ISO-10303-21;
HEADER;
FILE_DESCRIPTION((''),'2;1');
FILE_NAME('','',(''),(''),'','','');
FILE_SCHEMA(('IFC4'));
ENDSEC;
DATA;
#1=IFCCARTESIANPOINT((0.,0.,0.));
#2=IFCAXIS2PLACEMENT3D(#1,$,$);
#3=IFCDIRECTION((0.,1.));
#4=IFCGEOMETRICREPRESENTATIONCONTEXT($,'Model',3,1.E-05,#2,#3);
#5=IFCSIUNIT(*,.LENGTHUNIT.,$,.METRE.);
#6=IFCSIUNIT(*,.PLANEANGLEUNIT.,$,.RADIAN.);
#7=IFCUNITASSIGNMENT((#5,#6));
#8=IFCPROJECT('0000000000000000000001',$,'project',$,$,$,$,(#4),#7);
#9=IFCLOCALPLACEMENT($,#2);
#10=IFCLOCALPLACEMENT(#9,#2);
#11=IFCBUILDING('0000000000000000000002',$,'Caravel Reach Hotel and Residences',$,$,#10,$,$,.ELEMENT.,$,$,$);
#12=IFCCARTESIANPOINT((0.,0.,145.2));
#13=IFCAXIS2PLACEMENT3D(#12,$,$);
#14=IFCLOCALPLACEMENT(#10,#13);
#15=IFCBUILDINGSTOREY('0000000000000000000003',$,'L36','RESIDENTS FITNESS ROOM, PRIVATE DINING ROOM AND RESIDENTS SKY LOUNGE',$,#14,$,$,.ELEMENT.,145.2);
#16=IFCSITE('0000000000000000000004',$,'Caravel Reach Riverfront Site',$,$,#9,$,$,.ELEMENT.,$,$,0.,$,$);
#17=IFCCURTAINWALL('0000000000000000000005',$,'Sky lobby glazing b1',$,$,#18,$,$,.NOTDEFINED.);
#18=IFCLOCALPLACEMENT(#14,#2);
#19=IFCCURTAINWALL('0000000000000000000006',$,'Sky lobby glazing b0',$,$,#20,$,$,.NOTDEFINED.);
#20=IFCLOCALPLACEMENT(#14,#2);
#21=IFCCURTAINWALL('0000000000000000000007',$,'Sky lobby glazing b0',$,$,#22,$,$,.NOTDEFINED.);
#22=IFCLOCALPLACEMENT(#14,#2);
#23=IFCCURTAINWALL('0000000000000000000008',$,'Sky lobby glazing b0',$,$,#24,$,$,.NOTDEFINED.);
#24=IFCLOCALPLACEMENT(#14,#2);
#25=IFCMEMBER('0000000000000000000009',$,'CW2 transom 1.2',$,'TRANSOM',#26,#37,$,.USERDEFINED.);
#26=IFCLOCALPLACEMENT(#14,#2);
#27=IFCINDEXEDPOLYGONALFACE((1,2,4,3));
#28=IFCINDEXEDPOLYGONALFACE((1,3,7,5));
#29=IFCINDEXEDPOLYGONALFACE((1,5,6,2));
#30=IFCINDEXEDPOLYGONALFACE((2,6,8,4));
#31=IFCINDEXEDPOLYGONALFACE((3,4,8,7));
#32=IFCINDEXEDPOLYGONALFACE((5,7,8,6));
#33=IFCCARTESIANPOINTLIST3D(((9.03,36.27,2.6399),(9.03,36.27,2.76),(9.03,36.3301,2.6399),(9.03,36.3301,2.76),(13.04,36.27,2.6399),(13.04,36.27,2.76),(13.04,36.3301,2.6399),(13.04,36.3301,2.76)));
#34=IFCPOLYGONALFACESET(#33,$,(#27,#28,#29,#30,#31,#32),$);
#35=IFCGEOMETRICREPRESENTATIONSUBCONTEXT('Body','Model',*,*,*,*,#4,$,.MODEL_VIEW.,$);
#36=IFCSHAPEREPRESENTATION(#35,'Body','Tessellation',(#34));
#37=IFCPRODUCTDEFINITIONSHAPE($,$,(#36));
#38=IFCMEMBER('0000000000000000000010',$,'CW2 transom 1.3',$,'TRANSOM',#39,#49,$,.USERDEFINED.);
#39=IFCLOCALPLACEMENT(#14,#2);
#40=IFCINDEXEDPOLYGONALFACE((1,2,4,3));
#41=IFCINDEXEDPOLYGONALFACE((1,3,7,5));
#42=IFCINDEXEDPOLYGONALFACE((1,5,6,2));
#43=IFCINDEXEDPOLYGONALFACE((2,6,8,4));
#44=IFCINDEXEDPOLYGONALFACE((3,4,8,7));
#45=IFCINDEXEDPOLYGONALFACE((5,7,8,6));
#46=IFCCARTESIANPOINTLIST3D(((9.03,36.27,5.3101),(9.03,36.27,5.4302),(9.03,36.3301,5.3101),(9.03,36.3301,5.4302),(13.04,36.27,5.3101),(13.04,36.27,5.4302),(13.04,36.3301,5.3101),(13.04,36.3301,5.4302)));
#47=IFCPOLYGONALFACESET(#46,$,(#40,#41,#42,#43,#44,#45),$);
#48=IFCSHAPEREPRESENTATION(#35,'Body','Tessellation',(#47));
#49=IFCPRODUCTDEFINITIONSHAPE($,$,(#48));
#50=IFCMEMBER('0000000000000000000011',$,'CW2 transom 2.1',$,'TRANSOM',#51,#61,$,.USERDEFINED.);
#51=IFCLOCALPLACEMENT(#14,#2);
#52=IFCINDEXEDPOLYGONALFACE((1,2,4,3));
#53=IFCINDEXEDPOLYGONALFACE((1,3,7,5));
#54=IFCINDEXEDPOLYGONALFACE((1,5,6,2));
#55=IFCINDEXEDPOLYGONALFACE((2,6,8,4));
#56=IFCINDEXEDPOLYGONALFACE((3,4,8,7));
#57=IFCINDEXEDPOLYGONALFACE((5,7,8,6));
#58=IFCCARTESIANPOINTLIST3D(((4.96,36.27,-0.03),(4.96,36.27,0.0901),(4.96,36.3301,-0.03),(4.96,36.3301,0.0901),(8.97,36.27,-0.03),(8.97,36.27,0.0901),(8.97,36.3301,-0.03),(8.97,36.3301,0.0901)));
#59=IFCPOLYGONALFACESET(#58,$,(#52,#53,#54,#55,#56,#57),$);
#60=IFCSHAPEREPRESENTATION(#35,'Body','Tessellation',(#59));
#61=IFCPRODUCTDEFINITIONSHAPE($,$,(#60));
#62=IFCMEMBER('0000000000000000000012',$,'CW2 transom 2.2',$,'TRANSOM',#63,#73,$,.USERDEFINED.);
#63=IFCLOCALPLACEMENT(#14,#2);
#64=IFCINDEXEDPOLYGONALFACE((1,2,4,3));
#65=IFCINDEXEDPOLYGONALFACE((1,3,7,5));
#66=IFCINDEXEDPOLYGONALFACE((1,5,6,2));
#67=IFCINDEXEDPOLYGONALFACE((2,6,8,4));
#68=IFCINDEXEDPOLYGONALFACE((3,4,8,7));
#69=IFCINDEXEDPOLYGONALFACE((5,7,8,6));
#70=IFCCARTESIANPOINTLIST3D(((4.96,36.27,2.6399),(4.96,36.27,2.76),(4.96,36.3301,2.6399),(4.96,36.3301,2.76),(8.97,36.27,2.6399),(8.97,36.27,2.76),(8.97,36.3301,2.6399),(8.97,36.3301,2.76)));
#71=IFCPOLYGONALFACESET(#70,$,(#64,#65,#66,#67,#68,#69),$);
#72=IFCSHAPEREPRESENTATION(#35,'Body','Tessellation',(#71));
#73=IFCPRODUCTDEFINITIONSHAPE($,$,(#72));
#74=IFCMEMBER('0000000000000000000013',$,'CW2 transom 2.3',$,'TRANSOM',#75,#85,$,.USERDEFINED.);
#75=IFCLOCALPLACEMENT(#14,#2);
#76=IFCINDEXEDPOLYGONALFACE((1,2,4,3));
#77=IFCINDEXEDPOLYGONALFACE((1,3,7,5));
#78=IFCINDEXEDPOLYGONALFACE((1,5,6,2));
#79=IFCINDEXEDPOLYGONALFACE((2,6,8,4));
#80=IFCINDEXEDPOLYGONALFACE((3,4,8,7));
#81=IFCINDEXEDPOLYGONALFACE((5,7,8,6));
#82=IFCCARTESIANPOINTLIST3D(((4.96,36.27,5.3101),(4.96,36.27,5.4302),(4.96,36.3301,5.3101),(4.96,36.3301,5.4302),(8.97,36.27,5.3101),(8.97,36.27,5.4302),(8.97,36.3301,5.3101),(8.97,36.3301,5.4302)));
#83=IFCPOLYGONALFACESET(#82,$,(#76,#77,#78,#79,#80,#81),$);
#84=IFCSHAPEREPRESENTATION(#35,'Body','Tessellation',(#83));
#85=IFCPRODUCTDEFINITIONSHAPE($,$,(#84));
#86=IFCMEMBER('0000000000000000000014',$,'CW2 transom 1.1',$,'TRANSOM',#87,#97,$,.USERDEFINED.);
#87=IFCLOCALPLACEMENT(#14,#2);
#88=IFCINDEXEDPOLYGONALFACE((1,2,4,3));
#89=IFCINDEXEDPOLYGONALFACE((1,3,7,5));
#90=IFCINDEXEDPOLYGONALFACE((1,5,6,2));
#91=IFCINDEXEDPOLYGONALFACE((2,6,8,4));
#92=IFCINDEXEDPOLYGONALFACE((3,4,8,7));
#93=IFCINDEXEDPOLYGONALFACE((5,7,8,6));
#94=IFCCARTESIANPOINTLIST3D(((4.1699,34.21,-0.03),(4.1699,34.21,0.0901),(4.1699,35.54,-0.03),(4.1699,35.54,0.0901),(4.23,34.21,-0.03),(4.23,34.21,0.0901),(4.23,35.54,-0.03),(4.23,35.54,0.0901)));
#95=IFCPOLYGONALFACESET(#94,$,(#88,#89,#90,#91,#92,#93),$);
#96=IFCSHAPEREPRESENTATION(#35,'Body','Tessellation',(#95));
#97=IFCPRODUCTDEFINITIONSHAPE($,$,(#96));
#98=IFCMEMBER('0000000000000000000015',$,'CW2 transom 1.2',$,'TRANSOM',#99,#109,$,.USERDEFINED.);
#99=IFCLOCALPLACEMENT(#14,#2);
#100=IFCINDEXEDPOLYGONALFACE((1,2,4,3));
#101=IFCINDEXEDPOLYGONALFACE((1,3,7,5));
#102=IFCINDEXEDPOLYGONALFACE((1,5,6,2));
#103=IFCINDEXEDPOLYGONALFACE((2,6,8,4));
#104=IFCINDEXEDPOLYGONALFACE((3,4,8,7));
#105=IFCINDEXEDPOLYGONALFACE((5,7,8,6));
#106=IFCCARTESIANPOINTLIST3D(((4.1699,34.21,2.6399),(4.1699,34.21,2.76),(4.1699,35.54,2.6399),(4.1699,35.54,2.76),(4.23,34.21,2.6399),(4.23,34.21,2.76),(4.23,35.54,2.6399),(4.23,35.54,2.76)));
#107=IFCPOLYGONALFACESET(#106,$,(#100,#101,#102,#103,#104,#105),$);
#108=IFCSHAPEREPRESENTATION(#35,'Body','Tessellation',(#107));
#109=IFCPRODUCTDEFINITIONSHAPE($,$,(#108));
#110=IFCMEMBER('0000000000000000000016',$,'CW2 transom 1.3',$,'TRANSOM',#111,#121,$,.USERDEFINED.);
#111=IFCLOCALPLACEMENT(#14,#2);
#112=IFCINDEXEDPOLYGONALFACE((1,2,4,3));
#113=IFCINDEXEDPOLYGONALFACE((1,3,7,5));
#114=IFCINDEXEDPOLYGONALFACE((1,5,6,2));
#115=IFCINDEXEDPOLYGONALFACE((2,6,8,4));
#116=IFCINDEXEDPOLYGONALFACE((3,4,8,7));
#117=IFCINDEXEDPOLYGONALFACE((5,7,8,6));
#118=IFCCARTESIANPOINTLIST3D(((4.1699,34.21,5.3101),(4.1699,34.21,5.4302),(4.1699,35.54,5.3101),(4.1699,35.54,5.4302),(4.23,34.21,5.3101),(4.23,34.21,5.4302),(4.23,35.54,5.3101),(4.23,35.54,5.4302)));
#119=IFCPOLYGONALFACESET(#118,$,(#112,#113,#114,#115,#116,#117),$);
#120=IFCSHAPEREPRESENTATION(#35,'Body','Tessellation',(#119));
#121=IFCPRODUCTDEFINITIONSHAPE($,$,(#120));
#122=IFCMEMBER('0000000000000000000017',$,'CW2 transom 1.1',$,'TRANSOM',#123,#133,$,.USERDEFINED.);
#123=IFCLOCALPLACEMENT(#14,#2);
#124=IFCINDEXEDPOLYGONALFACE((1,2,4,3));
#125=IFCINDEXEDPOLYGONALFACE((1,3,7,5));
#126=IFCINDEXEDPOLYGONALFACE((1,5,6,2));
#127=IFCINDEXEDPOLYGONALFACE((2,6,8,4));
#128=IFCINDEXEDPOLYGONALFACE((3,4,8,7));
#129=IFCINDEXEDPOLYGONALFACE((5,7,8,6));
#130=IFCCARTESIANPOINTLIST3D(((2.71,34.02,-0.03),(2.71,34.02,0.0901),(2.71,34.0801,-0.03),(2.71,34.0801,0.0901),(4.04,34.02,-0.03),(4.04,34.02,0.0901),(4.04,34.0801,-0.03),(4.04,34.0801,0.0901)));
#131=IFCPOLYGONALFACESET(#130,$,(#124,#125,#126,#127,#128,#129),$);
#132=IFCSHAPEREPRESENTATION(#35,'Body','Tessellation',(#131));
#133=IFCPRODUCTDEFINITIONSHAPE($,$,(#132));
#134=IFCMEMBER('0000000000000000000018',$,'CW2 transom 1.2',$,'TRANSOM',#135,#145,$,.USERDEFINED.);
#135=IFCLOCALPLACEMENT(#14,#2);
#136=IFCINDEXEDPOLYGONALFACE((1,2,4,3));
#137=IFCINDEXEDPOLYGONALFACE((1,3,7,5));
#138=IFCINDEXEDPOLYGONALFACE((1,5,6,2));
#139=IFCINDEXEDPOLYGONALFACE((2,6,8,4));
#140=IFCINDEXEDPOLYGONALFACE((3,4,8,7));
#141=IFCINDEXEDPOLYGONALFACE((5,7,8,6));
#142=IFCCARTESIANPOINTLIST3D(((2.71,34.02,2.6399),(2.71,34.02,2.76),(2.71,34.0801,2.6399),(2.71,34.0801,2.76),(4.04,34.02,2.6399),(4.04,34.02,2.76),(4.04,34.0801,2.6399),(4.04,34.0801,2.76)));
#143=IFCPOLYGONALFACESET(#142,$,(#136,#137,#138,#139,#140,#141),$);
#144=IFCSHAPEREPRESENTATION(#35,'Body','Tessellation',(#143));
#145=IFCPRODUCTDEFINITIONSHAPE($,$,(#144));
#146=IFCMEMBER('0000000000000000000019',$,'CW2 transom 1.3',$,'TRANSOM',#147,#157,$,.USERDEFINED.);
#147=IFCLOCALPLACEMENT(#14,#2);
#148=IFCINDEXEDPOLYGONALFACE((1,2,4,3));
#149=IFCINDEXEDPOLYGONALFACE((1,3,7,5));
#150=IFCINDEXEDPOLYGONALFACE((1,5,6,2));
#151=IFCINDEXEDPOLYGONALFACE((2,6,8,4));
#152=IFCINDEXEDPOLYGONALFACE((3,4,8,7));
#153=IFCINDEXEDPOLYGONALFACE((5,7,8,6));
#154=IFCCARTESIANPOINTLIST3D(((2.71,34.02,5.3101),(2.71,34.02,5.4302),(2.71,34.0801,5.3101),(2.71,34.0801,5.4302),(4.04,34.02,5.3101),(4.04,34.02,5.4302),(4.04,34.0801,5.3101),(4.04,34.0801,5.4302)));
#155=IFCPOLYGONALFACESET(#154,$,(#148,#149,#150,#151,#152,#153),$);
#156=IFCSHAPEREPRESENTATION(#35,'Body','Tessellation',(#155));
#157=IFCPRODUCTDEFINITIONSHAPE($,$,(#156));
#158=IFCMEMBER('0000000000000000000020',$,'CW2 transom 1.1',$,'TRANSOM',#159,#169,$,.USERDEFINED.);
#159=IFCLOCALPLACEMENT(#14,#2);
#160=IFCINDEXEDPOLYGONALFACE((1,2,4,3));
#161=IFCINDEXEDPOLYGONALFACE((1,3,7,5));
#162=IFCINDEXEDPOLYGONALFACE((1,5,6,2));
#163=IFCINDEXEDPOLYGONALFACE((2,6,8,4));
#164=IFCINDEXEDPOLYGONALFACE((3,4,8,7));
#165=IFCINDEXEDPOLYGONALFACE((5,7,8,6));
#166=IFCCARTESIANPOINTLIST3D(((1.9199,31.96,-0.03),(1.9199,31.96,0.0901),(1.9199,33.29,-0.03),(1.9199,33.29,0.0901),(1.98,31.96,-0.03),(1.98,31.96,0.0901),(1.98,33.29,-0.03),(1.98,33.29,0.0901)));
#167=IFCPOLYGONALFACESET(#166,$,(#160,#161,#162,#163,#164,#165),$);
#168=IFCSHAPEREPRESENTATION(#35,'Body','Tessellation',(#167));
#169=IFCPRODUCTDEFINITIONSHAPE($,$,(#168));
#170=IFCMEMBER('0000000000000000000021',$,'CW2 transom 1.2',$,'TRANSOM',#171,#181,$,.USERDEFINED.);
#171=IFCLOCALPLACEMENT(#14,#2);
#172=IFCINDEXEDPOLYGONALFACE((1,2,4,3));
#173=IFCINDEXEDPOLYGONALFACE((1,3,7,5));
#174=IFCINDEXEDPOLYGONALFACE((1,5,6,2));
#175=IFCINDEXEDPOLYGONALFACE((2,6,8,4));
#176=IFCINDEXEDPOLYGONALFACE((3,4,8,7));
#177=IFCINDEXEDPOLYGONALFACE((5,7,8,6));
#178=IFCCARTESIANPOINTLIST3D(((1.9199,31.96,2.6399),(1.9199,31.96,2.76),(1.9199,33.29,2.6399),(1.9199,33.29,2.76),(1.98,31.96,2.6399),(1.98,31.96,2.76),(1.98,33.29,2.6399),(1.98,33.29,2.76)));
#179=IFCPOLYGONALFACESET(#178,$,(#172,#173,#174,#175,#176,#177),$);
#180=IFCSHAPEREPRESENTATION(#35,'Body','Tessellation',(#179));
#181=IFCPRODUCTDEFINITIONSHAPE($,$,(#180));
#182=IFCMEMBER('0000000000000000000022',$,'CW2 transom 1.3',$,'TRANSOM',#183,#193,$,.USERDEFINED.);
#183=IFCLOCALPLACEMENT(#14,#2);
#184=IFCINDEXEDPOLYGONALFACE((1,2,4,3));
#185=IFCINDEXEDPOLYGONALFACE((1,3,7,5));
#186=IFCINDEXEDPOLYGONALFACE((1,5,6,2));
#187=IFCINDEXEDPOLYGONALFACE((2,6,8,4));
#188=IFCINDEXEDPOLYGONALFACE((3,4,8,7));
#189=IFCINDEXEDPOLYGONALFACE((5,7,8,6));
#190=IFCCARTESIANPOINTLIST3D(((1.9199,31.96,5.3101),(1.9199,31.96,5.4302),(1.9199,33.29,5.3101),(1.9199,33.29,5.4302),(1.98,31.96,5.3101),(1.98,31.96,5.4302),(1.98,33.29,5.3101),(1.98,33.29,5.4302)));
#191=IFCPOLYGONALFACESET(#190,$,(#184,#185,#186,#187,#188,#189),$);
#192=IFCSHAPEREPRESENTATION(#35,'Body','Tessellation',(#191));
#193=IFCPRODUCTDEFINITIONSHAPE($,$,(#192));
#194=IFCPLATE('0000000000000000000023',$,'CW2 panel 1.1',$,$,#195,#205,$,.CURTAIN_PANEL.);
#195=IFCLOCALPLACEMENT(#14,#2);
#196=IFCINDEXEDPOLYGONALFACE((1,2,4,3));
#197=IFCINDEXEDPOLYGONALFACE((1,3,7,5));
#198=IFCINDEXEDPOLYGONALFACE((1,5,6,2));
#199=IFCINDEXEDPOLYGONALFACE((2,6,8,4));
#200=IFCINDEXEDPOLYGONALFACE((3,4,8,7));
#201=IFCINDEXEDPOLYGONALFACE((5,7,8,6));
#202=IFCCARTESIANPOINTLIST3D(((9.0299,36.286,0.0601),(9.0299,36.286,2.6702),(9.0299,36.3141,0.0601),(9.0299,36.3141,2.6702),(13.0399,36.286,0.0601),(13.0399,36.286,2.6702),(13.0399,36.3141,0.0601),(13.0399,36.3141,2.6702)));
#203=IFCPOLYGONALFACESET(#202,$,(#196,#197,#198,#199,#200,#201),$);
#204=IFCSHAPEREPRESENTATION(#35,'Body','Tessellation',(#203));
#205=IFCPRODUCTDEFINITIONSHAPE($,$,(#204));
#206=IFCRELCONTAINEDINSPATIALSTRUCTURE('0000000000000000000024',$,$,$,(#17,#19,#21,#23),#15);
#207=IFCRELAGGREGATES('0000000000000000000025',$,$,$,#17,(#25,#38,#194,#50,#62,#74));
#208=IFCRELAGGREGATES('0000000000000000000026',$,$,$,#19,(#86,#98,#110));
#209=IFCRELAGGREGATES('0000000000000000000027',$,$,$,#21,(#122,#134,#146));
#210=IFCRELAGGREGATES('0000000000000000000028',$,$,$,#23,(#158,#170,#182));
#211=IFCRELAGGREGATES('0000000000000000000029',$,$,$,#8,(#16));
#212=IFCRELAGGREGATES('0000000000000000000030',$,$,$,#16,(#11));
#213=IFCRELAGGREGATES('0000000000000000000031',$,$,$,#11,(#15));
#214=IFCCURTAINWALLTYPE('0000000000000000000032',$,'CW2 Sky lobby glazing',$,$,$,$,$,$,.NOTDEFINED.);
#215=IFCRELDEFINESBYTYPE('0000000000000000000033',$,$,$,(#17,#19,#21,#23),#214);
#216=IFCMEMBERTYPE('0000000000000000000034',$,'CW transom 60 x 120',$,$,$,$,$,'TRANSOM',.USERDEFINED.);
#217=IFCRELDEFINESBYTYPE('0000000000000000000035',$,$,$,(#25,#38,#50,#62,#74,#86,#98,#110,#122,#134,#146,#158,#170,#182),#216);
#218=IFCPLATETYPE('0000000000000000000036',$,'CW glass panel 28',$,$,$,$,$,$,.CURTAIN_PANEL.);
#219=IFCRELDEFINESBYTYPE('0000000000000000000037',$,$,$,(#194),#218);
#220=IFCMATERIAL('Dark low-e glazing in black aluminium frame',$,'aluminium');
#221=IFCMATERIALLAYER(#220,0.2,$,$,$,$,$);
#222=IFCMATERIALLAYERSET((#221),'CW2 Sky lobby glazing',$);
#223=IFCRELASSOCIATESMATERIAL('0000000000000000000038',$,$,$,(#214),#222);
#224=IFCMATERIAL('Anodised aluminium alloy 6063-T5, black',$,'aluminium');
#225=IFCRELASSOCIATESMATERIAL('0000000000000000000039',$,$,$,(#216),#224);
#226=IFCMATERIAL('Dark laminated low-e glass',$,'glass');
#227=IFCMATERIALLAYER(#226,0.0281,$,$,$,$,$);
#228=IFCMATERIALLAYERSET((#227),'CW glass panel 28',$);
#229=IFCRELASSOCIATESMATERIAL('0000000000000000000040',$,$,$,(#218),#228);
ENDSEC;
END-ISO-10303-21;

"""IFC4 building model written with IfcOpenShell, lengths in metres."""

from ifc_helpers import new_model, si_unit, direction, frame, origin, origin_2d, place, context, subcontext, project, spatial, rectangle, extrude, material, layer, layer_set, material_profile, profile_set, type_object, element, aggregate, save


model = new_model("IFC4")

# Units and contexts
model_context = context("Model", 3, precision=1e-05, world=origin(), true_north=direction((0.0, 1.0)))
body_context = subcontext(model_context, "Body", "Model", "MODEL_VIEW")
ifc_project = project(units=[si_unit("LENGTHUNIT", "METRE"), si_unit("PLANEANGLEUNIT", "RADIAN")], contexts=[model_context])

# Site, building, storey
site_placement = place(None, origin())
site = spatial("IfcSite", under=ifc_project, at=site_placement, Name="Caravel Reach Riverfront Site", CompositionType="ELEMENT", RefElevation=0.0)
building_placement = place(site_placement, origin())
building = spatial("IfcBuilding", under=site, at=building_placement, Name="Caravel Reach Hotel and Residences", CompositionType="ELEMENT")
storey_placement = place(building_placement, frame((0.0, 0.0, 145.2)))
storey = spatial("IfcBuildingStorey", under=building, at=storey_placement, Name="L36", Description="RESIDENTS FITNESS ROOM, PRIVATE DINING ROOM AND RESIDENTS SKY LOUNGE", CompositionType="ELEMENT", Elevation=145.2)

# Curtain walls
ifc_material_1 = material(Name="Dark low-e glazing in black aluminium frame", Category="aluminium")
ifc_layer_1 = layer(ifc_material_1, 0.2)
ifc_layer_set_1 = layer_set([ifc_layer_1], Name="CW2 Sky lobby glazing")
curtain_wall_type = type_object("IfcCurtainWallType", Name="CW2 Sky lobby glazing", PredefinedType="NOTDEFINED", material=ifc_layer_set_1)
curtain_wall_1_placement = place(storey_placement, origin())
curtain_wall_1 = element("IfcCurtainWall", 1, at=curtain_wall_1_placement, inside=storey, type_object=curtain_wall_type, Name="Sky lobby glazing b1", PredefinedType="NOTDEFINED")
curtain_wall_2_placement = place(storey_placement, origin())
curtain_wall_2 = element("IfcCurtainWall", 2, at=curtain_wall_2_placement, inside=storey, type_object=curtain_wall_type, Name="Sky lobby glazing b0", PredefinedType="NOTDEFINED")
curtain_wall_3_placement = place(storey_placement, origin())
curtain_wall_3 = element("IfcCurtainWall", 3, at=curtain_wall_3_placement, inside=storey, type_object=curtain_wall_type, Name="Sky lobby glazing b0", PredefinedType="NOTDEFINED")
curtain_wall_4_placement = place(storey_placement, origin())
curtain_wall_4 = element("IfcCurtainWall", 4, at=curtain_wall_4_placement, inside=storey, type_object=curtain_wall_type, Name="Sky lobby glazing b0", PredefinedType="NOTDEFINED")

# Members
ifc_material_2 = material(Name="Anodised aluminium alloy 6063-T5, black", Category="aluminium")
ifc_material_profile_1 = material_profile(ifc_material_2, rectangle(XDim=0.0601, YDim=0.1201, at=origin_2d()), Name="CW transom 60 x 120")
ifc_profile_set_1 = profile_set([ifc_material_profile_1], Name="Anodised aluminium alloy 6063-T5, black")
member_type_1 = type_object("IfcMemberType", Name="CW transom 60 x 120", ElementType="TRANSOM", PredefinedType="USERDEFINED", material=ifc_profile_set_1)
member_1_placement = place(storey_placement, frame((13.04, 36.3, 2.7), z_axis=(-1.0, 0.0, 0.0), x_axis=(0.0, -1.0, 0.0)))
member_1 = element("IfcMember", 5, at=member_1_placement, type_object=member_type_1, Name="CW2 transom 1.2", ObjectType="TRANSOM", PredefinedType="USERDEFINED", context=body_context, shape_type="SweptSolid", body=[
    extrude(rectangle(XDim=0.0601, YDim=0.1201, at=origin_2d()), origin(), (0.0, 0.0, 1.0), 4.01),
])
member_2_placement = place(storey_placement, frame((13.04, 36.3, 5.3701), z_axis=(-1.0, 0.0, 0.0), x_axis=(0.0, -1.0, 0.0)))
member_2 = element("IfcMember", 6, at=member_2_placement, type_object=member_type_1, Name="CW2 transom 1.3", ObjectType="TRANSOM", PredefinedType="USERDEFINED", context=body_context, shape_type="SweptSolid", body=[
    extrude(rectangle(XDim=0.0601, YDim=0.1201, at=origin_2d()), origin(), (0.0, 0.0, 1.0), 4.01),
])
member_3_placement = place(storey_placement, frame((8.97, 36.3, 0.03), z_axis=(-1.0, 0.0, 0.0), x_axis=(0.0, -1.0, 0.0)))
member_3 = element("IfcMember", 7, at=member_3_placement, type_object=member_type_1, Name="CW2 transom 2.1", ObjectType="TRANSOM", PredefinedType="USERDEFINED", context=body_context, shape_type="SweptSolid", body=[
    extrude(rectangle(XDim=0.0601, YDim=0.1201, at=origin_2d()), origin(), (0.0, 0.0, 1.0), 4.01),
])
member_4_placement = place(storey_placement, frame((8.97, 36.3, 2.7), z_axis=(-1.0, 0.0, 0.0), x_axis=(0.0, -1.0, 0.0)))
member_4 = element("IfcMember", 8, at=member_4_placement, type_object=member_type_1, Name="CW2 transom 2.2", ObjectType="TRANSOM", PredefinedType="USERDEFINED", context=body_context, shape_type="SweptSolid", body=[
    extrude(rectangle(XDim=0.0601, YDim=0.1201, at=origin_2d()), origin(), (0.0, 0.0, 1.0), 4.01),
])
member_5_placement = place(storey_placement, frame((8.97, 36.3, 5.3701), z_axis=(-1.0, 0.0, 0.0), x_axis=(0.0, -1.0, 0.0)))
member_5 = element("IfcMember", 9, at=member_5_placement, type_object=member_type_1, Name="CW2 transom 2.3", ObjectType="TRANSOM", PredefinedType="USERDEFINED", context=body_context, shape_type="SweptSolid", body=[
    extrude(rectangle(XDim=0.0601, YDim=0.1201, at=origin_2d()), origin(), (0.0, 0.0, 1.0), 4.01),
])
member_6_placement = place(storey_placement, frame((4.2, 35.54, 0.03), z_axis=(0.0, -1.0, 0.0), x_axis=(1.0, 0.0, 0.0)))
member_6 = element("IfcMember", 10, at=member_6_placement, type_object=member_type_1, Name="CW2 transom 1.1", ObjectType="TRANSOM", PredefinedType="USERDEFINED", context=body_context, shape_type="SweptSolid", body=[
    extrude(rectangle(XDim=0.0601, YDim=0.1201, at=origin_2d()), origin(), (0.0, 0.0, 1.0), 1.3301),
])
member_7_placement = place(storey_placement, frame((4.2, 35.54, 2.7), z_axis=(0.0, -1.0, 0.0), x_axis=(1.0, 0.0, 0.0)))
member_7 = element("IfcMember", 11, at=member_7_placement, type_object=member_type_1, Name="CW2 transom 1.2", ObjectType="TRANSOM", PredefinedType="USERDEFINED", context=body_context, shape_type="SweptSolid", body=[
    extrude(rectangle(XDim=0.0601, YDim=0.1201, at=origin_2d()), origin(), (0.0, 0.0, 1.0), 1.3301),
])
member_8_placement = place(storey_placement, frame((4.2, 35.54, 5.3701), z_axis=(0.0, -1.0, 0.0), x_axis=(1.0, 0.0, 0.0)))
member_8 = element("IfcMember", 12, at=member_8_placement, type_object=member_type_1, Name="CW2 transom 1.3", ObjectType="TRANSOM", PredefinedType="USERDEFINED", context=body_context, shape_type="SweptSolid", body=[
    extrude(rectangle(XDim=0.0601, YDim=0.1201, at=origin_2d()), origin(), (0.0, 0.0, 1.0), 1.3301),
])
member_9_placement = place(storey_placement, frame((4.04, 34.05, 0.03), z_axis=(-1.0, 0.0, 0.0), x_axis=(0.0, -1.0, 0.0)))
member_9 = element("IfcMember", 13, at=member_9_placement, type_object=member_type_1, Name="CW2 transom 1.1", ObjectType="TRANSOM", PredefinedType="USERDEFINED", context=body_context, shape_type="SweptSolid", body=[
    extrude(rectangle(XDim=0.0601, YDim=0.1201, at=origin_2d()), origin(), (0.0, 0.0, 1.0), 1.3301),
])
member_10_placement = place(storey_placement, frame((4.04, 34.05, 2.7), z_axis=(-1.0, 0.0, 0.0), x_axis=(0.0, -1.0, 0.0)))
member_10 = element("IfcMember", 14, at=member_10_placement, type_object=member_type_1, Name="CW2 transom 1.2", ObjectType="TRANSOM", PredefinedType="USERDEFINED", context=body_context, shape_type="SweptSolid", body=[
    extrude(rectangle(XDim=0.0601, YDim=0.1201, at=origin_2d()), origin(), (0.0, 0.0, 1.0), 1.3301),
])
member_11_placement = place(storey_placement, frame((4.04, 34.05, 5.3701), z_axis=(-1.0, 0.0, 0.0), x_axis=(0.0, -1.0, 0.0)))
member_11 = element("IfcMember", 15, at=member_11_placement, type_object=member_type_1, Name="CW2 transom 1.3", ObjectType="TRANSOM", PredefinedType="USERDEFINED", context=body_context, shape_type="SweptSolid", body=[
    extrude(rectangle(XDim=0.0601, YDim=0.1201, at=origin_2d()), origin(), (0.0, 0.0, 1.0), 1.3301),
])
member_12_placement = place(storey_placement, frame((1.95, 33.29, 0.03), z_axis=(0.0, -1.0, 0.0), x_axis=(1.0, 0.0, 0.0)))
member_12 = element("IfcMember", 16, at=member_12_placement, type_object=member_type_1, Name="CW2 transom 1.1", ObjectType="TRANSOM", PredefinedType="USERDEFINED", context=body_context, shape_type="SweptSolid", body=[
    extrude(rectangle(XDim=0.0601, YDim=0.1201, at=origin_2d()), origin(), (0.0, 0.0, 1.0), 1.3301),
])
member_13_placement = place(storey_placement, frame((1.95, 33.29, 2.7), z_axis=(0.0, -1.0, 0.0), x_axis=(1.0, 0.0, 0.0)))
member_13 = element("IfcMember", 17, at=member_13_placement, type_object=member_type_1, Name="CW2 transom 1.2", ObjectType="TRANSOM", PredefinedType="USERDEFINED", context=body_context, shape_type="SweptSolid", body=[
    extrude(rectangle(XDim=0.0601, YDim=0.1201, at=origin_2d()), origin(), (0.0, 0.0, 1.0), 1.3301),
])
member_14_placement = place(storey_placement, frame((1.95, 33.29, 5.3701), z_axis=(0.0, -1.0, 0.0), x_axis=(1.0, 0.0, 0.0)))
member_14 = element("IfcMember", 18, at=member_14_placement, type_object=member_type_1, Name="CW2 transom 1.3", ObjectType="TRANSOM", PredefinedType="USERDEFINED", context=body_context, shape_type="SweptSolid", body=[
    extrude(rectangle(XDim=0.0601, YDim=0.1201, at=origin_2d()), origin(), (0.0, 0.0, 1.0), 1.3301),
])

# Plate
ifc_material_3 = material(Name="Dark laminated low-e glass", Category="glass")
ifc_layer_2 = layer(ifc_material_3, 0.0281)
ifc_layer_set_2 = layer_set([ifc_layer_2], Name="CW glass panel 28")
plate_type = type_object("IfcPlateType", Name="CW glass panel 28", PredefinedType="CURTAIN_PANEL", material=ifc_layer_set_2)
plate_1_placement = place(storey_placement, frame((11.0349, 36.3, 0.0601), z_axis=(0.0, 0.0, 1.0), x_axis=(-1.0, 0.0, 0.0)))
plate_1 = element("IfcPlate", 19, at=plate_1_placement, type_object=plate_type, Name="CW2 panel 1.1", PredefinedType="CURTAIN_PANEL", context=body_context, shape_type="SweptSolid", body=[
    extrude(rectangle(XDim=4.01, YDim=0.0281, at=origin_2d()), origin(), (0.0, 0.0, 1.0), 2.6101),
])
aggregate(curtain_wall_1, [member_1, member_2, plate_1, member_3, member_4, member_5])
aggregate(curtain_wall_2, [member_6, member_7, member_8])
aggregate(curtain_wall_3, [member_9, member_10, member_11])
aggregate(curtain_wall_4, [member_12, member_13, member_14])

save(model, "model.ifc")
